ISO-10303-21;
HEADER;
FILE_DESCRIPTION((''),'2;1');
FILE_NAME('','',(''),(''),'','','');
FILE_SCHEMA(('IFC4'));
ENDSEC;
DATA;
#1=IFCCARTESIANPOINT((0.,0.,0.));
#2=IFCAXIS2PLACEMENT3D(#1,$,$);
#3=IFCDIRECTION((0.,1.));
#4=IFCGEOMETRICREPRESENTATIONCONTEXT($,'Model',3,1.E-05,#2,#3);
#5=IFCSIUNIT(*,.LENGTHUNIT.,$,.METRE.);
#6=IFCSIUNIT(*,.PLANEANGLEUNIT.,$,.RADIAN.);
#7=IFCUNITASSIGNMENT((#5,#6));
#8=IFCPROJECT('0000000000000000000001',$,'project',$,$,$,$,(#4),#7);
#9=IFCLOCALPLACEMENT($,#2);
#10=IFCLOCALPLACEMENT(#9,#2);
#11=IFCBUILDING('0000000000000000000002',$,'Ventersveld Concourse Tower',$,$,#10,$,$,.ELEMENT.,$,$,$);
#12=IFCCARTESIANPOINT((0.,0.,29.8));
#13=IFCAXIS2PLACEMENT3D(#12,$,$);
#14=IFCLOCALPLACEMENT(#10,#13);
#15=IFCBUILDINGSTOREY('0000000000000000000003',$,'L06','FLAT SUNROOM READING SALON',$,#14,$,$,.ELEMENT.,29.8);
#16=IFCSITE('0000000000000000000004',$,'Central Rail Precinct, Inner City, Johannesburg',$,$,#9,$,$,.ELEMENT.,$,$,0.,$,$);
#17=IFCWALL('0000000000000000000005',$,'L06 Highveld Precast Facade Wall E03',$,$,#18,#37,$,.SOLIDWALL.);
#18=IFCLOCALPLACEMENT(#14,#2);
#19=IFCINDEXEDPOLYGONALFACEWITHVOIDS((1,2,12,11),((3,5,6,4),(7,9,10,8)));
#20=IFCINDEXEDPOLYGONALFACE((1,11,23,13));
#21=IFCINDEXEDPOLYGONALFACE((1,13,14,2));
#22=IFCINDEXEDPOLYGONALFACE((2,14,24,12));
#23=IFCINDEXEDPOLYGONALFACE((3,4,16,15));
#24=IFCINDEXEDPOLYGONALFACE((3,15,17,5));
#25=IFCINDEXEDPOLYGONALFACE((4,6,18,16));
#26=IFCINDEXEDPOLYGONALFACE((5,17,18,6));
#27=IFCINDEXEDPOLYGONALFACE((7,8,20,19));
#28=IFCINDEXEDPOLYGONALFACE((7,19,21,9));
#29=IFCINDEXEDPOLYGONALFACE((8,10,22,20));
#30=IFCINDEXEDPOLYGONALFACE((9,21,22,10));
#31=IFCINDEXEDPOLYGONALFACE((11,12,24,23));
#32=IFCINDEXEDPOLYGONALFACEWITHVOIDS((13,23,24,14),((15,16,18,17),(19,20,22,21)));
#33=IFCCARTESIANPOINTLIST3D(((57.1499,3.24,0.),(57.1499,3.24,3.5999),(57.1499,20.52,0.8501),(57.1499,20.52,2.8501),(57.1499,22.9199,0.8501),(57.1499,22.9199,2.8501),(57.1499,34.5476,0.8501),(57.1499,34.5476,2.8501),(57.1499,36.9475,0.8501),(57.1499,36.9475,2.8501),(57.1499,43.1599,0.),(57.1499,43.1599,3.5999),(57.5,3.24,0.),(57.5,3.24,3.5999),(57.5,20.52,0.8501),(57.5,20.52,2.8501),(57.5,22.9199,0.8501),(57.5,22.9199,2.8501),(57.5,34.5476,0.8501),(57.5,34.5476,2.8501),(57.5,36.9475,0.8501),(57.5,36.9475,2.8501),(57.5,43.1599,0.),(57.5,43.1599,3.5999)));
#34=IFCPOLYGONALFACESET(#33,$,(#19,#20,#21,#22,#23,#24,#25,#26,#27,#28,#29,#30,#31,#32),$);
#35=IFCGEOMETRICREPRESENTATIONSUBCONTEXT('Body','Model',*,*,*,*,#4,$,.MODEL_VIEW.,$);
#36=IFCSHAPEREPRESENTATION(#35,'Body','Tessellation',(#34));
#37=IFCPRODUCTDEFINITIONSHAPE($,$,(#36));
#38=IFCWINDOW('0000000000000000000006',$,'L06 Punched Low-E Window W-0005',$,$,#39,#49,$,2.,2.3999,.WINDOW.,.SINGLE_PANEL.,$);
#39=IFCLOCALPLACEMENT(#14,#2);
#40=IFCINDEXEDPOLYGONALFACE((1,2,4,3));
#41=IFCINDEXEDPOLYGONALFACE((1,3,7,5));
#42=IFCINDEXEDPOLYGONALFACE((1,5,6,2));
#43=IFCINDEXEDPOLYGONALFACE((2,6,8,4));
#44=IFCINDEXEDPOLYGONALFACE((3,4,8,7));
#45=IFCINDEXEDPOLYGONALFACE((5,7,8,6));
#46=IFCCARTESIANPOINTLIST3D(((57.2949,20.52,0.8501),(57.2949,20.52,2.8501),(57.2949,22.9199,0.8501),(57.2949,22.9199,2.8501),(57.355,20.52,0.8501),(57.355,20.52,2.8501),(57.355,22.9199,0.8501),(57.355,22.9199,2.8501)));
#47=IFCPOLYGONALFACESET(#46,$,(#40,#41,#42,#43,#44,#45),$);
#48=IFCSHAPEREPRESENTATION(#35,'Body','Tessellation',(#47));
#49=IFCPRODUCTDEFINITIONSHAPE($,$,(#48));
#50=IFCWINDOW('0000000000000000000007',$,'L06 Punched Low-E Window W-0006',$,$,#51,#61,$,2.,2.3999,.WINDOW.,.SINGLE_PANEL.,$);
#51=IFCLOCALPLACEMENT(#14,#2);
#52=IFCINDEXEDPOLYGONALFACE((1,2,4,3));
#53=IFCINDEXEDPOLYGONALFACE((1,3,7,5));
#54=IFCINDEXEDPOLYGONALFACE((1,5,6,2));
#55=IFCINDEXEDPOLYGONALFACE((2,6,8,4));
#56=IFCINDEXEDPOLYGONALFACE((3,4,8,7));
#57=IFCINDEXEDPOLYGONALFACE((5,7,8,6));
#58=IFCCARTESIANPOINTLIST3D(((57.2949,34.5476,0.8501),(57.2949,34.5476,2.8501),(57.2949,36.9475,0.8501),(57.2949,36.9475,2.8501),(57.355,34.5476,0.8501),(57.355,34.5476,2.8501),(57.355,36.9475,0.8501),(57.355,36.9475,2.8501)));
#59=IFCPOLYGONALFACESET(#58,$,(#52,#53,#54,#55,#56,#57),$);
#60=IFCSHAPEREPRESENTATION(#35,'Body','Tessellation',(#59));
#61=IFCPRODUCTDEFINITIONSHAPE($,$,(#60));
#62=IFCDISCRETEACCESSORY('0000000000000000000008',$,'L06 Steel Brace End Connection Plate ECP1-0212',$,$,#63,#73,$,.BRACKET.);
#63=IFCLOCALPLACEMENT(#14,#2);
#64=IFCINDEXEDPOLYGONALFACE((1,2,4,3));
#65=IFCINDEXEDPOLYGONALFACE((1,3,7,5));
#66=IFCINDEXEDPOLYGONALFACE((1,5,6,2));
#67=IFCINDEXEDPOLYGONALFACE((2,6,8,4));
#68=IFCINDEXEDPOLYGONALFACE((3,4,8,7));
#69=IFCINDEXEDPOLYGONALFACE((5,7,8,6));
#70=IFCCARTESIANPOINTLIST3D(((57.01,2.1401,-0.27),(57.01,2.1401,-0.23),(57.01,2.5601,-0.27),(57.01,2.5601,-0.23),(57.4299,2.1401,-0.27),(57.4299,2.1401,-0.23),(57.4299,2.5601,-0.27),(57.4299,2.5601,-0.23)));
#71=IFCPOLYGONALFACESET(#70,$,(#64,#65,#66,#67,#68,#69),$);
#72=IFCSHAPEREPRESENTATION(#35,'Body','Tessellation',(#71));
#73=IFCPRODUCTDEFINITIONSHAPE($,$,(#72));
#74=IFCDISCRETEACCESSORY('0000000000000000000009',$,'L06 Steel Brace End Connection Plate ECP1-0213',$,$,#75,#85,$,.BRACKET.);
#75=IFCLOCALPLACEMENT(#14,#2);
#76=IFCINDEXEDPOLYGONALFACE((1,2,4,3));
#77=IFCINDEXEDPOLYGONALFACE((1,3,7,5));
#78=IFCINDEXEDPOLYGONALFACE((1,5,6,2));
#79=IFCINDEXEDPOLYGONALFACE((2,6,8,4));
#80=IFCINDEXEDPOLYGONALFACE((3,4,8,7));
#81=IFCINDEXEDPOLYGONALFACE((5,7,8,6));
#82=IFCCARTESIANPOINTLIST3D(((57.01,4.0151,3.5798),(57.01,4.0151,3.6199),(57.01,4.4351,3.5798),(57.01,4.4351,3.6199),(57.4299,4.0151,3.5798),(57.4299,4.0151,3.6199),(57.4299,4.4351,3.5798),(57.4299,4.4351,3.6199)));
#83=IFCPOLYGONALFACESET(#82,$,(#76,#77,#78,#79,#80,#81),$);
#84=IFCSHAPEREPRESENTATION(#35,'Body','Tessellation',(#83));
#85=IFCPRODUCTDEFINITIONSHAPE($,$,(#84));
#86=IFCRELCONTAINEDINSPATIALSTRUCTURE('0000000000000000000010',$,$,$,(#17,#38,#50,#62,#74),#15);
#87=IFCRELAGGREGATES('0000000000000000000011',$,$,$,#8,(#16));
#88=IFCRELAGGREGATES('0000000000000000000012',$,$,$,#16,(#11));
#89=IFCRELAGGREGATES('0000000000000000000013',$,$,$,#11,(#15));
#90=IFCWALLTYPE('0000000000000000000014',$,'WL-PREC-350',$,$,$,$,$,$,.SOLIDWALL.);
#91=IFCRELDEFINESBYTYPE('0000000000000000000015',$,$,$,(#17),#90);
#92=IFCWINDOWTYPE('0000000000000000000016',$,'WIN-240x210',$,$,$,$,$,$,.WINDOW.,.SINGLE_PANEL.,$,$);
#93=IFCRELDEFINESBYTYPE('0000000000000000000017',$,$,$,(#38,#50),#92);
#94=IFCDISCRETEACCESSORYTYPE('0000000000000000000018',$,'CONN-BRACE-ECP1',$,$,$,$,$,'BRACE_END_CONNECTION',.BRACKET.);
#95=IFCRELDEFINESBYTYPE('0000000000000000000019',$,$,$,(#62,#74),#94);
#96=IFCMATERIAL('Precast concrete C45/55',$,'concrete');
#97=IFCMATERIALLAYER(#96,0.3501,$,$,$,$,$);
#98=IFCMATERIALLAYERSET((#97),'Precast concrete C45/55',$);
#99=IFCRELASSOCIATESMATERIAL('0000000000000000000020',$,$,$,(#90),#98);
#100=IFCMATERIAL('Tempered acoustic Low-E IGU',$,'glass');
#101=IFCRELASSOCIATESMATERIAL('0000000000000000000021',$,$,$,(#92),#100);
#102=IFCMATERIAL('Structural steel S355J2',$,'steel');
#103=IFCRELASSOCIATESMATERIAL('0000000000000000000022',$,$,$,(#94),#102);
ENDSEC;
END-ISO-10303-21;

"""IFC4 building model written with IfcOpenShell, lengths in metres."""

from ifc_helpers import new_model, si_unit, direction, frame, frame_2d, origin, origin_2d, place, context, subcontext, project, spatial, rectangle, extrude, material, layer, layer_set, type_object, element, fill, save


model = new_model("IFC4")

# Units and contexts
model_context = context("Model", 3, precision=1e-05, world=origin(), true_north=direction((0.0, 1.0)))
body_context = subcontext(model_context, "Body", "Model", "MODEL_VIEW")
ifc_project = project(units=[si_unit("LENGTHUNIT", "METRE"), si_unit("PLANEANGLEUNIT", "RADIAN")], contexts=[model_context])

# Site, building, storey
site_placement = place(None, origin())
site = spatial("IfcSite", under=ifc_project, at=site_placement, Name="Central Rail Precinct, Inner City, Johannesburg", CompositionType="ELEMENT", RefElevation=0.0)
building_placement = place(site_placement, origin())
building = spatial("IfcBuilding", under=site, at=building_placement, Name="Ventersveld Concourse Tower", CompositionType="ELEMENT")
storey_placement = place(building_placement, frame((0.0, 0.0, 29.8)))
storey = spatial("IfcBuildingStorey", under=building, at=storey_placement, Name="L06", Description="FLAT SUNROOM READING SALON", CompositionType="ELEMENT", Elevation=29.8)

# Shared definitions
ifc_material_1 = material(Name="Structural steel S355J2", Category="steel")

# Shared definitions
ifc_material_2 = material(Name="Precast concrete C45/55", Category="concrete")

# Shared definitions
ifc_layer_1 = layer(ifc_material_2, 0.3501)
ifc_layer_set_1 = layer_set([ifc_layer_1], Name="Precast concrete C45/55")
wall_type_1 = type_object("IfcWallType", Name="WL-PREC-350", PredefinedType="SOLIDWALL", material=ifc_layer_set_1)
ifc_material_3 = material(Name="Tempered acoustic Low-E IGU", Category="glass")

# Wall, openings, windows
wall_1_placement = place(storey_placement, frame((57.325, 3.24, 0.0), z_axis=(0.0, 0.0, 1.0), x_axis=(0.0, 1.0, 0.0)))
wall_1 = element("IfcWall", 1, at=wall_1_placement, inside=storey, type_object=wall_type_1, Name="L06 Highveld Precast Facade Wall E03", PredefinedType="SOLIDWALL", context=body_context, shape_type="SweptSolid", body=[
    extrude(rectangle(XDim=39.9199, YDim=0.3501, at=frame_2d((19.96, 0.0))), origin(), (0.0, 0.0, 1.0), 3.5999),
])
opening_1_placement = place(wall_1_placement, frame((17.28, 0.0, 0.8501)))
opening_1 = element("IfcOpeningElement", 2, at=opening_1_placement, cuts=wall_1, PredefinedType="OPENING", context=body_context, shape_type="SweptSolid", body=[
    extrude(rectangle(XDim=2.3999, YDim=2.0, at=frame_2d((1.2, 1.0))), frame((0.0, 0.1851, 0.0), z_axis=(0.0, -1.0, 0.0), x_axis=(1.0, 0.0, 0.0)), (0.0, 0.0, 1.0), 0.3701),
])
opening_2_placement = place(wall_1_placement, frame((31.3076, 0.0, 0.8501)))
opening_2 = element("IfcOpeningElement", 3, at=opening_2_placement, cuts=wall_1, PredefinedType="OPENING", context=body_context, shape_type="SweptSolid", body=[
    extrude(rectangle(XDim=2.3999, YDim=2.0, at=frame_2d((1.2, 1.0))), frame((0.0, 0.1851, 0.0), z_axis=(0.0, -1.0, 0.0), x_axis=(1.0, 0.0, 0.0)), (0.0, 0.0, 1.0), 0.3701),
])
window_type_1 = type_object("IfcWindowType", Name="WIN-240x210", PartitioningType="SINGLE_PANEL", PredefinedType="WINDOW", material=ifc_material_3)
window_1_placement = place(opening_1_placement, origin())
window_1 = element("IfcWindow", 4, at=window_1_placement, inside=storey, type_object=window_type_1, Name="L06 Punched Low-E Window W-0005", OverallHeight=2.0, OverallWidth=2.3999, PartitioningType="SINGLE_PANEL", PredefinedType="WINDOW", context=body_context, shape_type="SweptSolid", body=[
    extrude(rectangle(XDim=2.3999, YDim=2.0, at=frame_2d((1.2, 1.0))), frame((0.0, 0.03, 0.0), z_axis=(0.0, -1.0, 0.0), x_axis=(1.0, 0.0, 0.0)), (0.0, 0.0, 1.0), 0.0601),
])
fill(opening_1, window_1)
window_2_placement = place(opening_2_placement, origin())
window_2 = element("IfcWindow", 5, at=window_2_placement, inside=storey, type_object=window_type_1, Name="L06 Punched Low-E Window W-0006", OverallHeight=2.0, OverallWidth=2.3999, PartitioningType="SINGLE_PANEL", PredefinedType="WINDOW", context=body_context, shape_type="SweptSolid", body=[
    extrude(rectangle(XDim=2.3999, YDim=2.0, at=frame_2d((1.2, 1.0))), frame((0.0, 0.03, 0.0), z_axis=(0.0, -1.0, 0.0), x_axis=(1.0, 0.0, 0.0)), (0.0, 0.0, 1.0), 0.0601),
])
fill(opening_2, window_2)

# Discrete accessories
discrete_accessory_type = type_object("IfcDiscreteAccessoryType", Name="CONN-BRACE-ECP1", ElementType="BRACE_END_CONNECTION", PredefinedType="BRACKET", material=ifc_material_1)
for number, where, z_axis, x_axis, name in (
    (6, (57.22, 2.3501, -0.27), (0.0, 0.0, 1.0), (1.0, 0.0, 0.0), "L06 Steel Brace End Connection Plate ECP1-0212"),
    (7, (57.22, 4.2251, 3.5798), (0.0, 0.0, 1.0), (1.0, 0.0, 0.0), "L06 Steel Brace End Connection Plate ECP1-0213"),
):
    element("IfcDiscreteAccessory", number, at=place(storey_placement, frame(where, z_axis=z_axis, x_axis=x_axis)), inside=storey, type_object=discrete_accessory_type, Name=name, PredefinedType="BRACKET", context=body_context, shape_type="SweptSolid", body=[
        extrude(rectangle(XDim=0.4199, YDim=0.4199, at=origin_2d()), origin(), (0.0, 0.0, 1.0), 0.04),
    ])

save(model, "model.ifc")
